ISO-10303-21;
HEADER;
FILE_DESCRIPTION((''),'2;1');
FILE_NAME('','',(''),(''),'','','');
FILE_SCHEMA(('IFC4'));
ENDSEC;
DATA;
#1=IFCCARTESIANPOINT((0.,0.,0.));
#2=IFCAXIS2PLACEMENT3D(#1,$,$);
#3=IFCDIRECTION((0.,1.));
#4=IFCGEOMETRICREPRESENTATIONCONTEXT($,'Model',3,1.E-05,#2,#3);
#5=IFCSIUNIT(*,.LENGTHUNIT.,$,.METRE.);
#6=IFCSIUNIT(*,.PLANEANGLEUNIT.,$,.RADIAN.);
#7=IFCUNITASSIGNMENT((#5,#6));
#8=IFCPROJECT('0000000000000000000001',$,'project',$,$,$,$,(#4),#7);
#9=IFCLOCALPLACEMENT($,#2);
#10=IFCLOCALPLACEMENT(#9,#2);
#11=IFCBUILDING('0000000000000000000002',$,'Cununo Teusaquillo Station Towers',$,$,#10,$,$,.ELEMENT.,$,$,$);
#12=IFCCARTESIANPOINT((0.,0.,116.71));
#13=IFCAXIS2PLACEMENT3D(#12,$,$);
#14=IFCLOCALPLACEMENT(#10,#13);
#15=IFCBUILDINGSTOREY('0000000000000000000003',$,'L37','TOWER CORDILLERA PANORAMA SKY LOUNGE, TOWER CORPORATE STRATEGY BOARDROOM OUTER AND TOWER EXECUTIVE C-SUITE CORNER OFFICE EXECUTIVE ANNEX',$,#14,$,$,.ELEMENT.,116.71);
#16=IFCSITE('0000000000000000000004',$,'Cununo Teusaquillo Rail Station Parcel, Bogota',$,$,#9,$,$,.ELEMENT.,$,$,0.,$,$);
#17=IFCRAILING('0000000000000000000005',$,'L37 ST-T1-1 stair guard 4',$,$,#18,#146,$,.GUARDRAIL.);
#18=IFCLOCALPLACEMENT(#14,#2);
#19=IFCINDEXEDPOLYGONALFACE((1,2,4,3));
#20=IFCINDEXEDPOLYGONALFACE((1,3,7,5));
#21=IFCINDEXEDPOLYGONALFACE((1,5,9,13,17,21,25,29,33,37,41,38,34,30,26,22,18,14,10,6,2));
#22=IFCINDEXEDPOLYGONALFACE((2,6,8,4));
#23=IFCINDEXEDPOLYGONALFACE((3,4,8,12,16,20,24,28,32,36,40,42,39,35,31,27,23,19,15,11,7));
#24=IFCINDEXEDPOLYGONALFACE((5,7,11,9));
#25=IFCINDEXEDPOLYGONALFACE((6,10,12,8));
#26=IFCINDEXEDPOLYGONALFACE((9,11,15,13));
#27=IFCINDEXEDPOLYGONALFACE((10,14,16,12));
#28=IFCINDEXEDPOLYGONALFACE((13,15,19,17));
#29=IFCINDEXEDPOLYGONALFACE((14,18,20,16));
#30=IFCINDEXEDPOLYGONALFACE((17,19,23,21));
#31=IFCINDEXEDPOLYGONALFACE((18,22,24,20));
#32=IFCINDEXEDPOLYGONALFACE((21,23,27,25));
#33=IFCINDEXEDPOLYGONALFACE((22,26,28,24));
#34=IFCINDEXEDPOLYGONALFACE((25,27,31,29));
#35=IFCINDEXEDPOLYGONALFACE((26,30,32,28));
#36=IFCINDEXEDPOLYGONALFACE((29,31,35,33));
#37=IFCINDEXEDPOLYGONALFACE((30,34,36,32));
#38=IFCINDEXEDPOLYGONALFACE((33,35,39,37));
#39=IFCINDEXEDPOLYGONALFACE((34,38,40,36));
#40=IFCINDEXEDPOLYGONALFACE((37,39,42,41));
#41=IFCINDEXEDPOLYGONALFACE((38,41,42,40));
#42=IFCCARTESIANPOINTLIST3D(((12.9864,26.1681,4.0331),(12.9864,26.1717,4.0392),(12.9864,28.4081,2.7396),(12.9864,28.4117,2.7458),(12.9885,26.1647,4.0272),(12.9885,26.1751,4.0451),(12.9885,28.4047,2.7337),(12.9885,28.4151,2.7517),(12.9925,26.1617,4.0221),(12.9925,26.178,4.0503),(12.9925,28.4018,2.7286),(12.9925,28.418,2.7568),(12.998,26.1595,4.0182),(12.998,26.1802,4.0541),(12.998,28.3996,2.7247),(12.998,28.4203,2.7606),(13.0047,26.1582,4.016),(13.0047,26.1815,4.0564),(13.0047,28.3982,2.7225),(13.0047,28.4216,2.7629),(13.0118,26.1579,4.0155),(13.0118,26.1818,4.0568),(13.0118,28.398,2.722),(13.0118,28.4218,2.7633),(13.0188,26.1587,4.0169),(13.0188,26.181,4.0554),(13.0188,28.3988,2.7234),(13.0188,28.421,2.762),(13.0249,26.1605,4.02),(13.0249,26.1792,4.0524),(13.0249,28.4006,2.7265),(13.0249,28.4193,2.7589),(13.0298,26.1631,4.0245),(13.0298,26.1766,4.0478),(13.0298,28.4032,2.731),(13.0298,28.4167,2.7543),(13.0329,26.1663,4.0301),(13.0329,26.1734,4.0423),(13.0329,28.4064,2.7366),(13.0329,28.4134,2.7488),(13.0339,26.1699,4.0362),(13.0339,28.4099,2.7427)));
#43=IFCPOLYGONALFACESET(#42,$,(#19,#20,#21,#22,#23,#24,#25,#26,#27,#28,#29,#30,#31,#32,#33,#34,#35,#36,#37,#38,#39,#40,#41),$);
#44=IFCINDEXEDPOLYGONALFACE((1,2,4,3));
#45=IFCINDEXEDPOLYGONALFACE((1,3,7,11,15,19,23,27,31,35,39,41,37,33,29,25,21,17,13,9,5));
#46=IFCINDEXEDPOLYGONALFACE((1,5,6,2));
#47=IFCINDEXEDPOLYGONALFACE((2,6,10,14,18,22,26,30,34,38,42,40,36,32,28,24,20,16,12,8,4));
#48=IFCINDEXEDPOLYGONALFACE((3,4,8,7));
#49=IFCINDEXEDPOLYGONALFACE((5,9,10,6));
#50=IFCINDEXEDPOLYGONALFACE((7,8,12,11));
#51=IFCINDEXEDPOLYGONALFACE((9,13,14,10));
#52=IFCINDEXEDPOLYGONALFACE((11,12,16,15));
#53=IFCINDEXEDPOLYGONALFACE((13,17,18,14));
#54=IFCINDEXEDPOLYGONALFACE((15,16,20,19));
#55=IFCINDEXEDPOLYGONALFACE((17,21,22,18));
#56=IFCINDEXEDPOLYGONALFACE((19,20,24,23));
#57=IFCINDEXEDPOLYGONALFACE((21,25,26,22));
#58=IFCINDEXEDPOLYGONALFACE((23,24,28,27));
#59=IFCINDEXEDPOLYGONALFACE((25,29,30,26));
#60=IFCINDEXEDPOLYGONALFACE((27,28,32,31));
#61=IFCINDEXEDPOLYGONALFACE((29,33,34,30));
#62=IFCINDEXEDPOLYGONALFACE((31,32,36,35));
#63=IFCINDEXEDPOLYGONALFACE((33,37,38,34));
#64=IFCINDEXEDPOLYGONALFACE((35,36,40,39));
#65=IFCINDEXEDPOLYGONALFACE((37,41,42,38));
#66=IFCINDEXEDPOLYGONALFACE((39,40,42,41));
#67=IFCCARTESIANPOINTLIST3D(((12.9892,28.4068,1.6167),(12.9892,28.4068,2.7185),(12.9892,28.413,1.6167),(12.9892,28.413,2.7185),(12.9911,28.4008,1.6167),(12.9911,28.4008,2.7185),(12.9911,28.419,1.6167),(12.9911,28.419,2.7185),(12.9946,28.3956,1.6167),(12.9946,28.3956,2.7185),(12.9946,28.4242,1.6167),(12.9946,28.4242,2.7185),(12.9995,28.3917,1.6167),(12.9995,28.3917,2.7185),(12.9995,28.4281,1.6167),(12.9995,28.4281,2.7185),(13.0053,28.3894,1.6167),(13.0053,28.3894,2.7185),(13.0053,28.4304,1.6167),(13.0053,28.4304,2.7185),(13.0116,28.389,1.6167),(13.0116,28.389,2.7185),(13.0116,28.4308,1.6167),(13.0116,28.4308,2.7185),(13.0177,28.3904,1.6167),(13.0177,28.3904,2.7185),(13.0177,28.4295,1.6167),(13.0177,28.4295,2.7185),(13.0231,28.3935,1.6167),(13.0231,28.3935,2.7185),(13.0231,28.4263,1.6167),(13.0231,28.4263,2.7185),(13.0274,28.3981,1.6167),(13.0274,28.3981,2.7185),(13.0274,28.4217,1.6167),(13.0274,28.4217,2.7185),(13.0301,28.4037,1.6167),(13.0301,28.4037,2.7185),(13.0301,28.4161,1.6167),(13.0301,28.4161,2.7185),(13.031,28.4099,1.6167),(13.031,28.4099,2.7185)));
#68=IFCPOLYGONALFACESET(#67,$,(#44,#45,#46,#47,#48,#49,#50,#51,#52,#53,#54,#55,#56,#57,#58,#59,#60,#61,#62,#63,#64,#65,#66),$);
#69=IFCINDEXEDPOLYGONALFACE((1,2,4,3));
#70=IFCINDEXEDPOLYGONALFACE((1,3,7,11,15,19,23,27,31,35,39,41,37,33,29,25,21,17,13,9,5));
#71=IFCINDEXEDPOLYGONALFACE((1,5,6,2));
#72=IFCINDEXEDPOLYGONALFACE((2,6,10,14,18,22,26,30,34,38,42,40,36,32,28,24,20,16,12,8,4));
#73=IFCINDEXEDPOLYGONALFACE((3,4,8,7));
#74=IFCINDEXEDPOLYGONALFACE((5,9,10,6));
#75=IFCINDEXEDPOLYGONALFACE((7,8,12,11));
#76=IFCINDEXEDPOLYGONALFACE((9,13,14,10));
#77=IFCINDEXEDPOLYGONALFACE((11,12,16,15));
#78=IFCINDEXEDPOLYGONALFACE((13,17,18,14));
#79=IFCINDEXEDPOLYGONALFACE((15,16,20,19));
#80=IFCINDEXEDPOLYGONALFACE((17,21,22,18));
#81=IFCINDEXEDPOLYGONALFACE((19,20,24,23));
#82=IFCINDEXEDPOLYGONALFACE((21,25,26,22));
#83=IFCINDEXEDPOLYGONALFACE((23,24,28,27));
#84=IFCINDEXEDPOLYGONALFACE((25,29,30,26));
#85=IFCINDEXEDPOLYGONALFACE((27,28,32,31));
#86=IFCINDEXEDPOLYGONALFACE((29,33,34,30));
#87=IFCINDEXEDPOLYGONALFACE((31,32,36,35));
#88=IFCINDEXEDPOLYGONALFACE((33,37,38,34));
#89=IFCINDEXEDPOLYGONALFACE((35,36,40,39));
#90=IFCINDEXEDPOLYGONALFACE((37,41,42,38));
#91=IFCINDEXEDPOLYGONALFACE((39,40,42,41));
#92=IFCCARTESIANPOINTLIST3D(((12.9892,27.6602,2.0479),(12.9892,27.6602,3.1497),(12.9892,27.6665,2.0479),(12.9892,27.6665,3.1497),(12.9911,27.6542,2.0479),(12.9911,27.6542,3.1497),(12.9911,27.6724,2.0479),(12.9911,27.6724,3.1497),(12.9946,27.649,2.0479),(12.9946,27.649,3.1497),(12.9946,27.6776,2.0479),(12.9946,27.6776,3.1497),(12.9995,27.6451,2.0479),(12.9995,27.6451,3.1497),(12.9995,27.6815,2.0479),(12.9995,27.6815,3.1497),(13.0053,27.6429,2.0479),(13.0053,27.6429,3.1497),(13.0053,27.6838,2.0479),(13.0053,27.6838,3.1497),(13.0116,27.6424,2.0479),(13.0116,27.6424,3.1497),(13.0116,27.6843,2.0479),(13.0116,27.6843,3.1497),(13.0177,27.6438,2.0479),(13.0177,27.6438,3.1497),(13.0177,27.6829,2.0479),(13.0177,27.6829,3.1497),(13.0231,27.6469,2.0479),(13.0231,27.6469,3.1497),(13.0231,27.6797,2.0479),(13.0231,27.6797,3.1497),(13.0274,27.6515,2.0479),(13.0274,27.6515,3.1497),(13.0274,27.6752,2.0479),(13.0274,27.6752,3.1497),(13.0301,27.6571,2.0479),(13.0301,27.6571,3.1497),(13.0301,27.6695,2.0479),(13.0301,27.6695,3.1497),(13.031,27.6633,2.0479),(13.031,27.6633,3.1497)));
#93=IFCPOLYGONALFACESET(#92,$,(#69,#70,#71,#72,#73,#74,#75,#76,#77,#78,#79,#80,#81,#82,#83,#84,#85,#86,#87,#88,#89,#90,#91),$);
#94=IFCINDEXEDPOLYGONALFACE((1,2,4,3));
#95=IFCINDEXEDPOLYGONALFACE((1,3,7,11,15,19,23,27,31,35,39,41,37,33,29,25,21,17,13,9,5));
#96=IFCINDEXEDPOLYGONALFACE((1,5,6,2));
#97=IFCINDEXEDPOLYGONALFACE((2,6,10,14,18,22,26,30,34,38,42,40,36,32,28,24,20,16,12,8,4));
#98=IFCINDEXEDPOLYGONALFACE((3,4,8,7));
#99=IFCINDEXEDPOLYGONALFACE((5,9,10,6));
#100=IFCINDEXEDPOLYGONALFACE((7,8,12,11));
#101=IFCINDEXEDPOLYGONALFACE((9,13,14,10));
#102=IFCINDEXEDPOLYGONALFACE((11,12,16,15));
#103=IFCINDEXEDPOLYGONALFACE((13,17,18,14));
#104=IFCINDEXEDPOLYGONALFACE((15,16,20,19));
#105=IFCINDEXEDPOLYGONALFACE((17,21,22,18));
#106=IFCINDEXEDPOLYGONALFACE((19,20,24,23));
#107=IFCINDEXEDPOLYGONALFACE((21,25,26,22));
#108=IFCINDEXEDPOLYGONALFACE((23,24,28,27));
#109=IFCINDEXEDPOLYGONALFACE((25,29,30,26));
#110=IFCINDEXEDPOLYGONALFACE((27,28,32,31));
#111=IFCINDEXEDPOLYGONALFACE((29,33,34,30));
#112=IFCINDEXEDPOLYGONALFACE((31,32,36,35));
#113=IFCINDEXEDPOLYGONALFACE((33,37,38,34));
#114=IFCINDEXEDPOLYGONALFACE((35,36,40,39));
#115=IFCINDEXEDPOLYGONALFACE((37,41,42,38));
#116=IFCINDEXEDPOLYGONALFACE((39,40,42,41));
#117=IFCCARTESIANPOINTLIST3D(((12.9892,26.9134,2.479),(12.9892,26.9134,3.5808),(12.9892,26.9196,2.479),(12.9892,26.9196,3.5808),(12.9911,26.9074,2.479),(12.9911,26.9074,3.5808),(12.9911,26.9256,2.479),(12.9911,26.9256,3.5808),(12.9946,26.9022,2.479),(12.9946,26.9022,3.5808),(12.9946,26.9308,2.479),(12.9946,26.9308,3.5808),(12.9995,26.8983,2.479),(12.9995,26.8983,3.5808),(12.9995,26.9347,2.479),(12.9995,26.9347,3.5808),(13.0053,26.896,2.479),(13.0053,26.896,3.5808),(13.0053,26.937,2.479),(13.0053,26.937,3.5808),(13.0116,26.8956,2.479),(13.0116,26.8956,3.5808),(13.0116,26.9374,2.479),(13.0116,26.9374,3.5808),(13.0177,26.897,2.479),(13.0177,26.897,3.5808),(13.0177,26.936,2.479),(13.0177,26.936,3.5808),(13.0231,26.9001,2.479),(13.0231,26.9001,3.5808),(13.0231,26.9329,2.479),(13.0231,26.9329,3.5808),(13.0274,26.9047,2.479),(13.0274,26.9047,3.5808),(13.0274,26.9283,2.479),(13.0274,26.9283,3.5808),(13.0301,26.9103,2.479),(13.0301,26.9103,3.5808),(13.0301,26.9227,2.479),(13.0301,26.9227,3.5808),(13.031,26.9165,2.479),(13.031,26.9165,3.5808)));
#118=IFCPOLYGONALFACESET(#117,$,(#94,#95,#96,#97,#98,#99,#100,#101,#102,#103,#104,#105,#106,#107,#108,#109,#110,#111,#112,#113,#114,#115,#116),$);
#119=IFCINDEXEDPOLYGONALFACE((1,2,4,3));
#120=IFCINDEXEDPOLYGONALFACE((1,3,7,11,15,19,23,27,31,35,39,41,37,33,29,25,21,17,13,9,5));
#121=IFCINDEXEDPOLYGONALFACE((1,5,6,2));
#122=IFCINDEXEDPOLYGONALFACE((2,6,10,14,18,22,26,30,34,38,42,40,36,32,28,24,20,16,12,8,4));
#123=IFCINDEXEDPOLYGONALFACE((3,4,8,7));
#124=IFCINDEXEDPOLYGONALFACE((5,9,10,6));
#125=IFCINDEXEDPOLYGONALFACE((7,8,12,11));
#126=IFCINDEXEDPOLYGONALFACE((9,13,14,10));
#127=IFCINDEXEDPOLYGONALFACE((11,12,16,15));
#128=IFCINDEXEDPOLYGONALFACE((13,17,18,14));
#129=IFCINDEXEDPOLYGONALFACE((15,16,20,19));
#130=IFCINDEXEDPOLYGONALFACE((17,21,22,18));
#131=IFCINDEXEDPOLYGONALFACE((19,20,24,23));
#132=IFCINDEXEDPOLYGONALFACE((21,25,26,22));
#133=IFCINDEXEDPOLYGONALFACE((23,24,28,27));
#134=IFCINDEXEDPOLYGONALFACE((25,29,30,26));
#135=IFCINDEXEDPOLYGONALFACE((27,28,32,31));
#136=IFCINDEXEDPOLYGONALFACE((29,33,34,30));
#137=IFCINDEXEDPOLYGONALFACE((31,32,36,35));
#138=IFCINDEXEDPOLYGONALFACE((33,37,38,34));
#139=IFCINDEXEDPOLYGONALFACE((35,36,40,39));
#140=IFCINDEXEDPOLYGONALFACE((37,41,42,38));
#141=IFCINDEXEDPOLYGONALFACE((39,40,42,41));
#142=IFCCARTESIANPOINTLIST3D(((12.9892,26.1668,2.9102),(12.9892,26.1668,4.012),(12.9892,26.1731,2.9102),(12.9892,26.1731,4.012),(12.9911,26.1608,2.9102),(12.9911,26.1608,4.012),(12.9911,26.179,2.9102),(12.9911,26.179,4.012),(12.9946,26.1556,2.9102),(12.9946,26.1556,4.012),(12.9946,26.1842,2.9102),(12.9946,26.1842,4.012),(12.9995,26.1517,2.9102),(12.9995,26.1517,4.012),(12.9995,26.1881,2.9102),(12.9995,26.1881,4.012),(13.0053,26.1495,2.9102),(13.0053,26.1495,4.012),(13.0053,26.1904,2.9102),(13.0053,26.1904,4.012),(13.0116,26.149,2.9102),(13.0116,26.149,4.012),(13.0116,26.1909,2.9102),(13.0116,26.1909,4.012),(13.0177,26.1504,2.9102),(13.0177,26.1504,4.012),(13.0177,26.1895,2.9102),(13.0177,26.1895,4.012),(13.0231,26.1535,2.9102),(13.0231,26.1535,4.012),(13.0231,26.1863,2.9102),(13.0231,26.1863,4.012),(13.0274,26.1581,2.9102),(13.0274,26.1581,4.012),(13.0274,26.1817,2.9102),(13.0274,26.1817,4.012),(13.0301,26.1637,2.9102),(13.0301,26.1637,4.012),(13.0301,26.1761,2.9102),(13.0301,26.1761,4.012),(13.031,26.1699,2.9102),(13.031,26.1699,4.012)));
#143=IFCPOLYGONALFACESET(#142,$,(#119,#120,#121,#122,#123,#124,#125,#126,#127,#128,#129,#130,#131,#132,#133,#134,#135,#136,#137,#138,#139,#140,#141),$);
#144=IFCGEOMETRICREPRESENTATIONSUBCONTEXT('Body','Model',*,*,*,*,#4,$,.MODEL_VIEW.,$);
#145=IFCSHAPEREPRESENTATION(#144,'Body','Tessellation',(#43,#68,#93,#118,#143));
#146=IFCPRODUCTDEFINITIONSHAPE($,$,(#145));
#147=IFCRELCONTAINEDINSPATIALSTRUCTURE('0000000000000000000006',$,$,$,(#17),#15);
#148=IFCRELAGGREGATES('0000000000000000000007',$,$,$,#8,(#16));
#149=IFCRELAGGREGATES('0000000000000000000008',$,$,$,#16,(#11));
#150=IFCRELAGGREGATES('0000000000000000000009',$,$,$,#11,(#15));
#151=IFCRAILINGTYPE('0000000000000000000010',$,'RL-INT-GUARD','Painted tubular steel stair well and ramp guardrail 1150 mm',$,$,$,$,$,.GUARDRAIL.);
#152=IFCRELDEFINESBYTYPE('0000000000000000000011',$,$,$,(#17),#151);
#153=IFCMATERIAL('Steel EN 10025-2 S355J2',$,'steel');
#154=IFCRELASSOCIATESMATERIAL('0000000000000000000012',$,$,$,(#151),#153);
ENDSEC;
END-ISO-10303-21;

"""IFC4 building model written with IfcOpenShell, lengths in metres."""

from ifc_helpers import new_model, si_unit, direction, frame, origin, origin_2d, place, context, subcontext, project, spatial, circle, extrude, material, type_object, element, save


model = new_model("IFC4")

# Units and contexts
model_context = context("Model", 3, precision=1e-05, world=origin(), true_north=direction((0.0, 1.0)))
body_context = subcontext(model_context, "Body", "Model", "MODEL_VIEW")
ifc_project = project(units=[si_unit("LENGTHUNIT", "METRE"), si_unit("PLANEANGLEUNIT", "RADIAN")], contexts=[model_context])

# Site, building, storey
site_placement = place(None, origin())
site = spatial("IfcSite", under=ifc_project, at=site_placement, Name="Cununo Teusaquillo Rail Station Parcel, Bogota", CompositionType="ELEMENT", RefElevation=0.0)
building_placement = place(site_placement, origin())
building = spatial("IfcBuilding", under=site, at=building_placement, Name="Cununo Teusaquillo Station Towers", CompositionType="ELEMENT")
storey_placement = place(building_placement, frame((0.0, 0.0, 116.71)))
storey = spatial("IfcBuildingStorey", under=building, at=storey_placement, Name="L37", Description="TOWER CORDILLERA PANORAMA SKY LOUNGE, TOWER CORPORATE STRATEGY BOARDROOM OUTER AND TOWER EXECUTIVE C-SUITE CORNER OFFICE EXECUTIVE ANNEX", CompositionType="ELEMENT", Elevation=116.71)

# Railing
ifc_material_1 = material(Name="Steel EN 10025-2 S355J2", Category="steel")
railing_type_1 = type_object("IfcRailingType", Name="RL-INT-GUARD", Description="Painted tubular steel stair well and ramp guardrail 1150 mm", PredefinedType="GUARDRAIL", material=ifc_material_1)
railing_1_placement = place(storey_placement, frame((13.01, 28.4099, 1.6167)))
element("IfcRailing", 1, at=railing_1_placement, inside=storey, type_object=railing_type_1, Name="L37 ST-T1-1 stair guard 4", PredefinedType="GUARDRAIL", context=body_context, shape_type="SweptSolid", body=[
    extrude(circle(Radius=0.0239, at=origin_2d()), frame((0.0, 0.0, 1.126), z_axis=(0.0, -0.865992, 0.500057), x_axis=(1.0, 0.0, 0.0)), (0.0, 0.0, 1.0), 2.5867),
    extrude(circle(Radius=0.021, at=origin_2d()), origin(), (0.0, 0.0, 1.0), 1.1018),
    extrude(circle(Radius=0.021, at=origin_2d()), frame((0.0, -0.7466, 0.4312)), (0.0, 0.0, 1.0), 1.1018),
    extrude(circle(Radius=0.021, at=origin_2d()), frame((0.0, -1.4934, 0.8623)), (0.0, 0.0, 1.0), 1.1018),
    extrude(circle(Radius=0.021, at=origin_2d()), frame((0.0, -2.24, 1.2935)), (0.0, 0.0, 1.0), 1.1018),
])

save(model, "model.ifc")
